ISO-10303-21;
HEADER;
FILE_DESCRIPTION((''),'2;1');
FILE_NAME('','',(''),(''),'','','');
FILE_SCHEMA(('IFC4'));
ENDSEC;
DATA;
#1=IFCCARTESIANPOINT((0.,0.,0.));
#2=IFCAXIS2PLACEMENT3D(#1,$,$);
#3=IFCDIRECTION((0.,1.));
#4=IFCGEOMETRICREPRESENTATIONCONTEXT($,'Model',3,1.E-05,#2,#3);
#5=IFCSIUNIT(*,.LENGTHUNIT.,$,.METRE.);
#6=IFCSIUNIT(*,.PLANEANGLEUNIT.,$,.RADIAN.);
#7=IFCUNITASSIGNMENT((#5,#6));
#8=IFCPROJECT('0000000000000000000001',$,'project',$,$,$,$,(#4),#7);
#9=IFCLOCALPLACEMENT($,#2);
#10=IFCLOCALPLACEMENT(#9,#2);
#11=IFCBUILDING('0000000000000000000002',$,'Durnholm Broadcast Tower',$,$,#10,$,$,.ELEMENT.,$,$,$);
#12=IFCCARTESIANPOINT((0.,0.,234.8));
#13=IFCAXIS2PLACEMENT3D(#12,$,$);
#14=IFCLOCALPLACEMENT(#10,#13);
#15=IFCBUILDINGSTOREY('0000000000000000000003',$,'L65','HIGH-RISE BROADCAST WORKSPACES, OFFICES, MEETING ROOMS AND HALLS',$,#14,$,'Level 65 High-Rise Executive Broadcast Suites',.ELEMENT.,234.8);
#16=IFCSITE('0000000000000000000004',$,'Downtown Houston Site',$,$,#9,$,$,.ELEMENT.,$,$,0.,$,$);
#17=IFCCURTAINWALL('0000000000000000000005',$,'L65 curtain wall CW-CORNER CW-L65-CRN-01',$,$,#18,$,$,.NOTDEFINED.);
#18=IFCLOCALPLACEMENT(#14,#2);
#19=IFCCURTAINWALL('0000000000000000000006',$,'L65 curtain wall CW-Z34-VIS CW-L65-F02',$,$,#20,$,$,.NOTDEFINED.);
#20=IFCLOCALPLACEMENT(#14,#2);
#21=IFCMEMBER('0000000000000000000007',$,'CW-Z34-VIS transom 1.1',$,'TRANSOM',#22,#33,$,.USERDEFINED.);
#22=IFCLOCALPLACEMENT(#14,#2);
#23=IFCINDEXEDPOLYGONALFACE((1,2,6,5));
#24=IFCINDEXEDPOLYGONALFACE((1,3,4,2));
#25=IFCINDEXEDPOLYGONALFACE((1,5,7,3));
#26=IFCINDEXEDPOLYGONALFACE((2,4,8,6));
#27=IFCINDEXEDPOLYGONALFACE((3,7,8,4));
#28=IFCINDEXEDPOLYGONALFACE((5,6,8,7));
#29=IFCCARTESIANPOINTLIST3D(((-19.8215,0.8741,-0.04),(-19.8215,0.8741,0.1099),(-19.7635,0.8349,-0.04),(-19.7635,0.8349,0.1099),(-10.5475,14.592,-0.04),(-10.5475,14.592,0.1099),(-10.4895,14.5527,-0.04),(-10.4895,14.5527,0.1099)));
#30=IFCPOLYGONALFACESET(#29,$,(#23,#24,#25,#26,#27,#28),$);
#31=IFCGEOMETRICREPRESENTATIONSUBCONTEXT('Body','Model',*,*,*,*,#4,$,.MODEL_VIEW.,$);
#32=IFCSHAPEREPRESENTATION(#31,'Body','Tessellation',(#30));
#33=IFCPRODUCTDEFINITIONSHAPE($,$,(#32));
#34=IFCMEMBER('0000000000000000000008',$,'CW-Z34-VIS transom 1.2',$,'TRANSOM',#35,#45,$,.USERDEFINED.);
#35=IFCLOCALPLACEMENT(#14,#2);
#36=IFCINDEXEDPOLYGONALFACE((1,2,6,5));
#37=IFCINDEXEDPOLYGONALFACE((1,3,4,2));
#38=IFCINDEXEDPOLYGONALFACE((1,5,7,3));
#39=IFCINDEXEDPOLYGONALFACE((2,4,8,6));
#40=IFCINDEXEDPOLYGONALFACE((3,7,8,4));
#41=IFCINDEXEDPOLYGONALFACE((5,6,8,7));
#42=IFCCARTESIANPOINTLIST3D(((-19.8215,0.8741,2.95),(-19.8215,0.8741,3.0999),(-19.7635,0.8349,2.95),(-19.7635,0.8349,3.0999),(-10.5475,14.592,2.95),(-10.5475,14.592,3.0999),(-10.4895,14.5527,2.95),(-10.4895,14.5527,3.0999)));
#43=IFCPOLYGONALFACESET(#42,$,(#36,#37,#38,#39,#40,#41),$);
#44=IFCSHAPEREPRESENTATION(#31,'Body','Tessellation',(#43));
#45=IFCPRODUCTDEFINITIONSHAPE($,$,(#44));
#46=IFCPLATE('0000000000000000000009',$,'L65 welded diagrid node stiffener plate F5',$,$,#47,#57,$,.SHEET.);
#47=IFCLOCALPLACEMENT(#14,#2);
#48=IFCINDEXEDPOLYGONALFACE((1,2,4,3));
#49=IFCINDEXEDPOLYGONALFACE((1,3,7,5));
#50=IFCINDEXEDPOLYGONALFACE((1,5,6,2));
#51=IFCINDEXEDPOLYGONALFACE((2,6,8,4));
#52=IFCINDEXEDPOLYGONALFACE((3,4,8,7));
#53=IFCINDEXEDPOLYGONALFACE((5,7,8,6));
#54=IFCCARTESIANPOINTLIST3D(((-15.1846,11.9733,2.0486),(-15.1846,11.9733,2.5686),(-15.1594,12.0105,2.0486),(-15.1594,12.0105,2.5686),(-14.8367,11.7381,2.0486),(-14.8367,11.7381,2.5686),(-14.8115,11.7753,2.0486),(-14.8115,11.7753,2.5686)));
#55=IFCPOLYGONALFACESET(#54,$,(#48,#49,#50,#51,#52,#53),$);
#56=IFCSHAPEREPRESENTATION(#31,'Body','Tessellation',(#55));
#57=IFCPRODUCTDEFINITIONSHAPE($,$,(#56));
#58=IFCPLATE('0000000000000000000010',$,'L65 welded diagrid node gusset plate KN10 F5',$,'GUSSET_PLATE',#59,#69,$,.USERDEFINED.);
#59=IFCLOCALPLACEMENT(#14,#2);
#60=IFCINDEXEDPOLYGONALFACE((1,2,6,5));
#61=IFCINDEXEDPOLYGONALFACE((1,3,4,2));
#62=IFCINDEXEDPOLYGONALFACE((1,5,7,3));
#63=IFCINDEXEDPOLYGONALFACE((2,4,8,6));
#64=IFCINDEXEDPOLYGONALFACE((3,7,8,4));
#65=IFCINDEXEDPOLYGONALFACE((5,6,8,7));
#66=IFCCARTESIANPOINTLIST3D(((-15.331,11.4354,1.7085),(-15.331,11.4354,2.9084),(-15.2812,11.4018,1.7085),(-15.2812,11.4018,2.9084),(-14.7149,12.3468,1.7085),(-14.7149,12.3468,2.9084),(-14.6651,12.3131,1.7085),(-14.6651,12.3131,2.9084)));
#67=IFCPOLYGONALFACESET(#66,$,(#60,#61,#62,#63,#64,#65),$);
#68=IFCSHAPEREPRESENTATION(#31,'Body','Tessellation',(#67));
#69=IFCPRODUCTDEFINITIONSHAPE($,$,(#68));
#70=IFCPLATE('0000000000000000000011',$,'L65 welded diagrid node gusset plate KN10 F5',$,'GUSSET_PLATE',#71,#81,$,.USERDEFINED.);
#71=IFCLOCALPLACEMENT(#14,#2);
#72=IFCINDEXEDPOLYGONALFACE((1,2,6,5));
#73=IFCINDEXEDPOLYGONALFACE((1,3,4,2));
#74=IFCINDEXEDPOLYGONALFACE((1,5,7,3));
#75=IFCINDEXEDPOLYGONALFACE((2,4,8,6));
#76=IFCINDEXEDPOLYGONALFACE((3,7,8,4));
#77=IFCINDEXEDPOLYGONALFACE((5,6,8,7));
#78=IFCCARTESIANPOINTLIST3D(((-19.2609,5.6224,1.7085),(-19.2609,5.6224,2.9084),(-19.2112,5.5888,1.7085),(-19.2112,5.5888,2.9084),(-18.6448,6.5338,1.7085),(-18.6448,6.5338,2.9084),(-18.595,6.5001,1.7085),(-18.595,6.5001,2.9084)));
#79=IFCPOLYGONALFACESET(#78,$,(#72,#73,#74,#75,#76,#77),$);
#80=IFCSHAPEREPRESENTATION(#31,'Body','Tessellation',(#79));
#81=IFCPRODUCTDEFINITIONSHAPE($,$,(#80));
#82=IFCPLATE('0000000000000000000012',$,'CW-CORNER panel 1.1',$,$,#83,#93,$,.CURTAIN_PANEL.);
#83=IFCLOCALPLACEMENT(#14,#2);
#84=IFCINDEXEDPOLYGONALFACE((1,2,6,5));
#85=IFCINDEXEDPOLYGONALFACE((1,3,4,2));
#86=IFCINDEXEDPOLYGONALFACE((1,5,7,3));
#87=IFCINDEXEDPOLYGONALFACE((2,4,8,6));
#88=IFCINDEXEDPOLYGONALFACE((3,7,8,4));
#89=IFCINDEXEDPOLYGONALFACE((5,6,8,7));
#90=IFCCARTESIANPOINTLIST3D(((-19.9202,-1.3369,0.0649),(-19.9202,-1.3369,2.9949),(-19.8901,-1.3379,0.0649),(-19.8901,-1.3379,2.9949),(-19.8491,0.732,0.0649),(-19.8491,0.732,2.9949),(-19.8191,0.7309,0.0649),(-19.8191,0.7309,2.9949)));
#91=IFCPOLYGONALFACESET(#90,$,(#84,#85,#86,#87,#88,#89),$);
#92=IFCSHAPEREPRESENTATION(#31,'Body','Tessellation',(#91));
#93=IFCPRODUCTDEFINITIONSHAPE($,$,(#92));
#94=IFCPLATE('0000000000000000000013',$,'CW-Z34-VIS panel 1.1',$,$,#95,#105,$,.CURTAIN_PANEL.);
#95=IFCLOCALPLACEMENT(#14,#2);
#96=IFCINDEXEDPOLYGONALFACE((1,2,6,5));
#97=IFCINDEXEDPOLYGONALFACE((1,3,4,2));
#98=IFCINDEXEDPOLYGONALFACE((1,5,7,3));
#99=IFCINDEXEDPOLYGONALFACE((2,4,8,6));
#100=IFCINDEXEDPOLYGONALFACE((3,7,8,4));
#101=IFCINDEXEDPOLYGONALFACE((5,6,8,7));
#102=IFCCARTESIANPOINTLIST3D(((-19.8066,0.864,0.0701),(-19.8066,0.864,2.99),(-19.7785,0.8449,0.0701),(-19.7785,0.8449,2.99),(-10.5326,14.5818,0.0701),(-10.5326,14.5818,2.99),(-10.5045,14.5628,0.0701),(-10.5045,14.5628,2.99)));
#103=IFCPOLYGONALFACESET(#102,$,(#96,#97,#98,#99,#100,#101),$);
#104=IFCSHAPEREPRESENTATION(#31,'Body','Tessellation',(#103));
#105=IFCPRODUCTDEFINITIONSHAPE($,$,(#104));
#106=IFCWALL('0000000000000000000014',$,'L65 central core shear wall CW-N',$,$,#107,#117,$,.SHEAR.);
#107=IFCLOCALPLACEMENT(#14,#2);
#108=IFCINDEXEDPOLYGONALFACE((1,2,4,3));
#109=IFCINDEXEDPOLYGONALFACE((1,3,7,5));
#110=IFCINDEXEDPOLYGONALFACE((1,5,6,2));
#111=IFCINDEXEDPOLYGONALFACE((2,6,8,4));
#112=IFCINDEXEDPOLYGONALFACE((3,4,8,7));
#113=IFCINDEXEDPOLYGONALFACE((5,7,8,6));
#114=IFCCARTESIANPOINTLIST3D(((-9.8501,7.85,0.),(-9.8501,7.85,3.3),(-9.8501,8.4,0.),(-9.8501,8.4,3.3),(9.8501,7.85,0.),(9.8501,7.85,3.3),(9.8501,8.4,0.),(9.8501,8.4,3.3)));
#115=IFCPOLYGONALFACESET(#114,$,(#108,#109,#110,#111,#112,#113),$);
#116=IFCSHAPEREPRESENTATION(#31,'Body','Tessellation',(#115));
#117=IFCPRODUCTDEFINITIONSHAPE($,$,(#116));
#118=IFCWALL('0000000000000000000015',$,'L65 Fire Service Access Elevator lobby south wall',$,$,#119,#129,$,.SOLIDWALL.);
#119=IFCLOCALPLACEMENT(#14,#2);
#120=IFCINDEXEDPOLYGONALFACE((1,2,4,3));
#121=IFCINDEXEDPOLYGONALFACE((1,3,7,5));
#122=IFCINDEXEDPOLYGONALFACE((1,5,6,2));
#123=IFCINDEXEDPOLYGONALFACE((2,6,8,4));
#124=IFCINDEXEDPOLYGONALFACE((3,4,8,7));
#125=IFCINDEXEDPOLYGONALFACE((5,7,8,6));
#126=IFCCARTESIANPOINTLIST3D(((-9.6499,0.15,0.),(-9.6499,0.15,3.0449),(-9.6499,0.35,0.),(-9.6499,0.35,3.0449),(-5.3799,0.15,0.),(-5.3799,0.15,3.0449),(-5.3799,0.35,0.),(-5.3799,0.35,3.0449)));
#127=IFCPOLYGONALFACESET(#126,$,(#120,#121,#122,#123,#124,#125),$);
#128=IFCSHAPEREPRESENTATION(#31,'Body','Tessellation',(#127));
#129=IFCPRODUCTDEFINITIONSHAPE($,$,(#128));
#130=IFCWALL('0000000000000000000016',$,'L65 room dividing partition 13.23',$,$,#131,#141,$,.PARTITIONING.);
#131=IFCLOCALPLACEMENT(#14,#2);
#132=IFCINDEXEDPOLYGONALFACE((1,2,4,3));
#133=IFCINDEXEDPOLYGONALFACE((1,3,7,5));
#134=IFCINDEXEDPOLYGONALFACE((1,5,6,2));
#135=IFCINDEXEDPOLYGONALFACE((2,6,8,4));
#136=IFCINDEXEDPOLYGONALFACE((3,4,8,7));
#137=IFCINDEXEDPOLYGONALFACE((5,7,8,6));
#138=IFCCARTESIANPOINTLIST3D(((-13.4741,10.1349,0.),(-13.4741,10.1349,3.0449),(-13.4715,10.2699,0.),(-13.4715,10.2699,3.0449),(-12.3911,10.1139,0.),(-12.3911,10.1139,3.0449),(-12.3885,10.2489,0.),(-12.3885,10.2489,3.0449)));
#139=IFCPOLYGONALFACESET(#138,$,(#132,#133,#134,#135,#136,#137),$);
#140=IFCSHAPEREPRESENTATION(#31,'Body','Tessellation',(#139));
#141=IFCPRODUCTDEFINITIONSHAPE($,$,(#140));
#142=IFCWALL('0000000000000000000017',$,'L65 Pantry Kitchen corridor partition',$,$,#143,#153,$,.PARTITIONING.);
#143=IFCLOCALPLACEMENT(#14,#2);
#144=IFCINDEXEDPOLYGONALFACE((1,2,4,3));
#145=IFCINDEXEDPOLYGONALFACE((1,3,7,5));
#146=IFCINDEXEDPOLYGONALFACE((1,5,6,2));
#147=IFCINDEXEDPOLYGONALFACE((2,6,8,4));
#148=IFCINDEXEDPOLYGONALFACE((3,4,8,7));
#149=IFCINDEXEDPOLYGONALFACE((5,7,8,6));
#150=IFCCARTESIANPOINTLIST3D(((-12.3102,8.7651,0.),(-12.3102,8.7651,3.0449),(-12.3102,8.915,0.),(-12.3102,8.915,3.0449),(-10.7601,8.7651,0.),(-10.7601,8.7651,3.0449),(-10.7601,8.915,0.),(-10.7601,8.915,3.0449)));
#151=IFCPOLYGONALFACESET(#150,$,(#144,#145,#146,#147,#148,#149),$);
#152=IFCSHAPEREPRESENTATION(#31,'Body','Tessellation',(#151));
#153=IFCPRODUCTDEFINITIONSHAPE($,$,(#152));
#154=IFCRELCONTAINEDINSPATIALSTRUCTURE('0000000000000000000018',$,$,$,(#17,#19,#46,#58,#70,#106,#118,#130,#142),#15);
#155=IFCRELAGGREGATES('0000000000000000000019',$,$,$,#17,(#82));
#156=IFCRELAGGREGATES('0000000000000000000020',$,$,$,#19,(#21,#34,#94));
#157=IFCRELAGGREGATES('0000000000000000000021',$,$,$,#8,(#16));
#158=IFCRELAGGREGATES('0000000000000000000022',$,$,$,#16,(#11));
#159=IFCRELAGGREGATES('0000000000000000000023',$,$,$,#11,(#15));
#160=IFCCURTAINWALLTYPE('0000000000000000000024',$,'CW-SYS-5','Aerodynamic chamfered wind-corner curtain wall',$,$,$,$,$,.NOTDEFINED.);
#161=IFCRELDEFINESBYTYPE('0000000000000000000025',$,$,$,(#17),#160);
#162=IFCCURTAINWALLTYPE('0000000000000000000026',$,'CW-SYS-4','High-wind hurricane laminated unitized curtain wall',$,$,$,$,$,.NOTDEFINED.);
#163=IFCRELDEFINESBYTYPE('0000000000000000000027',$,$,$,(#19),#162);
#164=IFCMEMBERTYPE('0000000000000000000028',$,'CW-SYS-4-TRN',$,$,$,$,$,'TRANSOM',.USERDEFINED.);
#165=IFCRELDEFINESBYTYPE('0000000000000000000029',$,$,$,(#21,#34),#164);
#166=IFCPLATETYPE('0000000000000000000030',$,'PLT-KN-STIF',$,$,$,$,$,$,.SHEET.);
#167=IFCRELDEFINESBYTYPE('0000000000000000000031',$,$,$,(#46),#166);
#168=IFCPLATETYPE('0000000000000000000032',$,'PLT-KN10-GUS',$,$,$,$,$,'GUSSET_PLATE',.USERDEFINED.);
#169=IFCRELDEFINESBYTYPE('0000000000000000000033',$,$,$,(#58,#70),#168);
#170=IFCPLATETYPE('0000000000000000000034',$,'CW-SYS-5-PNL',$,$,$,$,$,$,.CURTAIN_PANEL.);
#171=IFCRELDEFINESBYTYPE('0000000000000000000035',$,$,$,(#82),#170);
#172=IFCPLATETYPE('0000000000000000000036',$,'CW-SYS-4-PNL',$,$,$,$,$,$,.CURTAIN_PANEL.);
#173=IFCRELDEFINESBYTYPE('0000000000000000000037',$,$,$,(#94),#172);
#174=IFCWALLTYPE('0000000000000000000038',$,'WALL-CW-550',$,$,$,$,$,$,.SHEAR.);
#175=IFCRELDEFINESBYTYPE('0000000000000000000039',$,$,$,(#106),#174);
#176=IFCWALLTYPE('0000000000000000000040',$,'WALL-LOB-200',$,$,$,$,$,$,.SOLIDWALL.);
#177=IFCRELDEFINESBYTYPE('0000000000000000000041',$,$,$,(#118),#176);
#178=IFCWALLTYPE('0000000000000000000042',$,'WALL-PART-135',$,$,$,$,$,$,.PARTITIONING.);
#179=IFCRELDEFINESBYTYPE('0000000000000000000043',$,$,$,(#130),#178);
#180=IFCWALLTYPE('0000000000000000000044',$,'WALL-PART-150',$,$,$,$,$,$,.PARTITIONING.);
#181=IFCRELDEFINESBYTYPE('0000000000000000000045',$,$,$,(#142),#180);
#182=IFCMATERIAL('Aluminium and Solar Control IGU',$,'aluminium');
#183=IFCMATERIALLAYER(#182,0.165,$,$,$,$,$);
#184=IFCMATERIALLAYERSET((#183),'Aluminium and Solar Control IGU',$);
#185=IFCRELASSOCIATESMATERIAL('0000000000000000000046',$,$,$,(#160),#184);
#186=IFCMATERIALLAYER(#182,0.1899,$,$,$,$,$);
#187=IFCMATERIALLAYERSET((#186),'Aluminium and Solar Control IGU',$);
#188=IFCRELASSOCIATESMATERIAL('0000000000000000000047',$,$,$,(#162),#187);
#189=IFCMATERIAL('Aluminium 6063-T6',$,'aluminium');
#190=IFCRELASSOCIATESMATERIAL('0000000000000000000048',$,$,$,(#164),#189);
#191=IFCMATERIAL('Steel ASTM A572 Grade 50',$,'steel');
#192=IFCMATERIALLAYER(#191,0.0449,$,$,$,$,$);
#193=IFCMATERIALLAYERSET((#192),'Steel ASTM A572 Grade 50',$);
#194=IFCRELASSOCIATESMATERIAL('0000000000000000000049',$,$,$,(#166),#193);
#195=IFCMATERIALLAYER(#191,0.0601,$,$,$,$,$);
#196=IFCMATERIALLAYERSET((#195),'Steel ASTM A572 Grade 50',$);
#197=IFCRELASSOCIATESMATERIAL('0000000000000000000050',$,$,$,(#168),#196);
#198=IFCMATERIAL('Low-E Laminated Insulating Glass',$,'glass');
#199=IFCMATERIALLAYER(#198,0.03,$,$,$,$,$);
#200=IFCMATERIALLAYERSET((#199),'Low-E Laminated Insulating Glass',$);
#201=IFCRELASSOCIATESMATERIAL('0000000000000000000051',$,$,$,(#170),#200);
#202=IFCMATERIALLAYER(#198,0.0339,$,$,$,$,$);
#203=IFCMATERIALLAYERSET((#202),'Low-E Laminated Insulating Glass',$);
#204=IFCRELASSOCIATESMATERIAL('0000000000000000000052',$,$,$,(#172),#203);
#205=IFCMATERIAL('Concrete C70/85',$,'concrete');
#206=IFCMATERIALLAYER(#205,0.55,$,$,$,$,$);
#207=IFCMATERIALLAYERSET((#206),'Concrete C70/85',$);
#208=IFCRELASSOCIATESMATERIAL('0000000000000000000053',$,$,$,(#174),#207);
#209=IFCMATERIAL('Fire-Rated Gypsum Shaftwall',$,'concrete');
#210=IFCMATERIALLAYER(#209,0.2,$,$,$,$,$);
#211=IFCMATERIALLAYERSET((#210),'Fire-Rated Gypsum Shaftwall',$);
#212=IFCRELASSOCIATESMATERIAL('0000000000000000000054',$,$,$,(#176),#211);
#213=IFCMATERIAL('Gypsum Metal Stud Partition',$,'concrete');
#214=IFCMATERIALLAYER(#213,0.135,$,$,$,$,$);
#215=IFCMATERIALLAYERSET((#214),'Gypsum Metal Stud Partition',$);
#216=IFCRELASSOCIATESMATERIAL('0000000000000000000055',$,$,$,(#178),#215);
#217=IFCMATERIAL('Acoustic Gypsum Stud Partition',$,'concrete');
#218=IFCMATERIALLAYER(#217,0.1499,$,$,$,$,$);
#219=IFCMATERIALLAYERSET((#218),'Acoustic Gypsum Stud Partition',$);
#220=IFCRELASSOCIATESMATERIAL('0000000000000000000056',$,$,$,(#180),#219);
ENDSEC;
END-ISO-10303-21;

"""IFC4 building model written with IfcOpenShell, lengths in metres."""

from ifc_helpers import new_model, si_unit, direction, frame, frame_2d, origin, origin_2d, place, context, subcontext, project, spatial, rectangle, extrude, source, transform, mapped, material, layer, layer_set, material_profile, profile_set, type_object, type_shapes, element, aggregate, save


model = new_model("IFC4")

# Units and contexts
model_context = context("Model", 3, precision=1e-05, world=origin(), true_north=direction((0.0, 1.0)))
body_context = subcontext(model_context, "Body", "Model", "MODEL_VIEW")
ifc_project = project(units=[si_unit("LENGTHUNIT", "METRE"), si_unit("PLANEANGLEUNIT", "RADIAN")], contexts=[model_context])

# Site, building, storey
site_placement = place(None, origin())
site = spatial("IfcSite", under=ifc_project, at=site_placement, Name="Downtown Houston Site", CompositionType="ELEMENT", RefElevation=0.0)
building_placement = place(site_placement, origin())
building = spatial("IfcBuilding", under=site, at=building_placement, Name="Durnholm Broadcast Tower", CompositionType="ELEMENT")
storey_placement = place(building_placement, frame((0.0, 0.0, 234.8)))
storey = spatial("IfcBuildingStorey", under=building, at=storey_placement, Name="L65", Description="HIGH-RISE BROADCAST WORKSPACES, OFFICES, MEETING ROOMS AND HALLS", LongName="Level 65 High-Rise Executive Broadcast Suites", CompositionType="ELEMENT", Elevation=234.8)

# Shared definitions
ifc_material_1 = material(Name="Concrete C70/85", Category="concrete")

# Shared definitions
ifc_material_2 = material(Name="Aluminium and Solar Control IGU", Category="aluminium")
ifc_layer_1 = layer(ifc_material_2, 0.165)
ifc_layer_set_1 = layer_set([ifc_layer_1], Name="Aluminium and Solar Control IGU")
curtain_wall_type_1 = type_object("IfcCurtainWallType", Name="CW-SYS-5", Description="Aerodynamic chamfered wind-corner curtain wall", PredefinedType="NOTDEFINED", material=ifc_layer_set_1)
ifc_material_3 = material(Name="Aluminium 6063-T6", Category="aluminium")

# Curtain wall
curtain_wall_1_placement = place(storey_placement, origin())
curtain_wall_1 = element("IfcCurtainWall", 1, at=curtain_wall_1_placement, inside=storey, type_object=curtain_wall_type_1, Name="L65 curtain wall CW-CORNER CW-L65-CRN-01", PredefinedType="NOTDEFINED")

# Curtain wall, members
ifc_layer_2 = layer(ifc_material_2, 0.1899)
ifc_layer_set_2 = layer_set([ifc_layer_2], Name="Aluminium and Solar Control IGU")
curtain_wall_type_2 = type_object("IfcCurtainWallType", Name="CW-SYS-4", Description="High-wind hurricane laminated unitized curtain wall", PredefinedType="NOTDEFINED", material=ifc_layer_set_2)
curtain_wall_2_placement = place(storey_placement, origin())
curtain_wall_2 = element("IfcCurtainWall", 2, at=curtain_wall_2_placement, inside=storey, type_object=curtain_wall_type_2, Name="L65 curtain wall CW-Z34-VIS CW-L65-F02", PredefinedType="NOTDEFINED")
ifc_material_profile_1 = material_profile(ifc_material_3, rectangle(XDim=0.0701, YDim=0.1499, at=origin_2d()), Name="CWT70X150")
ifc_profile_set_1 = profile_set([ifc_material_profile_1], Name="Aluminium 6063-T6")
member_type_1 = type_object("IfcMemberType", Name="CW-SYS-4-TRN", ElementType="TRANSOM", PredefinedType="USERDEFINED", material=ifc_profile_set_1)
shared_shape_1 = source(origin(), body_context, "Body", "SweptSolid", [
    extrude(rectangle(XDim=0.0701, YDim=0.1499, at=origin_2d()), origin(), (0.0, 0.0, 1.0), 16.5586),
])
type_shapes(member_type_1, [shared_shape_1])
member_1_placement = place(storey_placement, frame((-19.7925, 0.8545, 0.0349), z_axis=(0.560071, 0.828444, 0.0), x_axis=(-0.828444, 0.560071, 0.0)))
member_1 = element("IfcMember", 3, at=member_1_placement, type_object=member_type_1, Name="CW-Z34-VIS transom 1.1", ObjectType="TRANSOM", PredefinedType="USERDEFINED", context=body_context, shape_type="MappedRepresentation", body=[
    mapped(shared_shape_1, transform((0.0, 0.0, 0.0), x_axis=(1.0, 0.0, 0.0), y_axis=(0.0, 1.0, 0.0), z_axis=(0.0, 0.0, 1.0), scale=1.0)),
])
member_2_placement = place(storey_placement, frame((-19.7925, 0.8545, 3.0249), z_axis=(0.560071, 0.828444, 0.0), x_axis=(-0.828444, 0.560071, 0.0)))
member_2 = element("IfcMember", 4, at=member_2_placement, type_object=member_type_1, Name="CW-Z34-VIS transom 1.2", ObjectType="TRANSOM", PredefinedType="USERDEFINED", context=body_context, shape_type="MappedRepresentation", body=[
    mapped(shared_shape_1, transform((0.0, 0.0, 0.0), x_axis=(1.0, 0.0, 0.0), y_axis=(0.0, 1.0, 0.0), z_axis=(0.0, 0.0, 1.0), scale=1.0)),
])

# Plates
ifc_material_4 = material(Name="Steel ASTM A572 Grade 50", Category="steel")
ifc_layer_3 = layer(ifc_material_4, 0.0449)
ifc_layer_set_3 = layer_set([ifc_layer_3], Name="Steel ASTM A572 Grade 50")
plate_type_1 = type_object("IfcPlateType", Name="PLT-KN-STIF", PredefinedType="SHEET", material=ifc_layer_set_3)
shared_shape_2 = source(origin(), body_context, "Body", "SweptSolid", [
    extrude(rectangle(XDim=0.0449, YDim=0.4199, at=origin_2d()), origin(), (0.0, 0.0, 1.0), 0.52),
])
type_shapes(plate_type_1, [shared_shape_2])
plate_1_placement = place(storey_placement, frame((-14.998, 11.8743, 2.0486), z_axis=(0.0, 0.0, 1.0), x_axis=(-0.560061, -0.828452, 0.0)))
element("IfcPlate", 5, at=plate_1_placement, inside=storey, type_object=plate_type_1, Name="L65 welded diagrid node stiffener plate F5", PredefinedType="SHEET", context=body_context, shape_type="MappedRepresentation", body=[
    mapped(shared_shape_2, transform((0.0, 0.0, 0.0), x_axis=(1.0, 0.0, 0.0), y_axis=(0.0, 1.0, 0.0), z_axis=(0.0, 0.0, 1.0), scale=1.0)),
])
ifc_layer_4 = layer(ifc_material_4, 0.0601)
ifc_layer_set_4 = layer_set([ifc_layer_4], Name="Steel ASTM A572 Grade 50")
plate_type_2 = type_object("IfcPlateType", Name="PLT-KN10-GUS", ElementType="GUSSET_PLATE", PredefinedType="USERDEFINED", material=ifc_layer_set_4)
shared_shape_3 = source(origin(), body_context, "Body", "SweptSolid", [
    extrude(rectangle(XDim=1.1001, YDim=0.0601, at=origin_2d()), origin(), (0.0, 0.0, 1.0), 1.2),
])
type_shapes(plate_type_2, [shared_shape_3])
for number, where, z_axis, x_axis, name in (
    (6, (-14.998, 11.8743, 1.7085), (0.0, 0.0, 1.0), (-0.560061, -0.828452, 0.0), "L65 welded diagrid node gusset plate KN10 F5"),
    (7, (-18.928, 6.0613, 1.7085), (0.0, 0.0, 1.0), (-0.560061, -0.828452, 0.0), "L65 welded diagrid node gusset plate KN10 F5"),
):
    element("IfcPlate", number, at=place(storey_placement, frame(where, z_axis=z_axis, x_axis=x_axis)), inside=storey, type_object=plate_type_2, Name=name, ObjectType="GUSSET_PLATE", PredefinedType="USERDEFINED", context=body_context, shape_type="MappedRepresentation", body=[
        mapped(shared_shape_3, transform((0.0, 0.0, 0.0), x_axis=(1.0, 0.0, 0.0), y_axis=(0.0, 1.0, 0.0), z_axis=(0.0, 0.0, 1.0), scale=1.0)),
    ])

# Plates
ifc_material_5 = material(Name="Low-E Laminated Insulating Glass", Category="glass")
ifc_layer_5 = layer(ifc_material_5, 0.03)
ifc_layer_set_5 = layer_set([ifc_layer_5], Name="Low-E Laminated Insulating Glass")
plate_type_3 = type_object("IfcPlateType", Name="CW-SYS-5-PNL", PredefinedType="CURTAIN_PANEL", material=ifc_layer_set_5)
shared_shape_4 = source(origin(), body_context, "Body", "SweptSolid", [
    extrude(rectangle(XDim=2.0701, YDim=0.03, at=origin_2d()), origin(), (0.0, 0.0, 1.0), 2.9299),
])
type_shapes(plate_type_3, [shared_shape_4])
plate_2_placement = place(storey_placement, frame((-19.8696, -0.303, 0.0649), z_axis=(0.0, 0.0, 1.0), x_axis=(0.034318, 0.999411, 0.0)))
plate_2 = element("IfcPlate", 8, at=plate_2_placement, type_object=plate_type_3, Name="CW-CORNER panel 1.1", PredefinedType="CURTAIN_PANEL", context=body_context, shape_type="MappedRepresentation", body=[
    mapped(shared_shape_4, transform((0.0, 0.0, 0.0), x_axis=(1.0, 0.0, 0.0), y_axis=(0.0, 1.0, 0.0), z_axis=(0.0, 0.0, 1.0), scale=1.0)),
])
aggregate(curtain_wall_1, [plate_2])
ifc_layer_6 = layer(ifc_material_5, 0.0339)
ifc_layer_set_6 = layer_set([ifc_layer_6], Name="Low-E Laminated Insulating Glass")
plate_type_4 = type_object("IfcPlateType", Name="CW-SYS-4-PNL", PredefinedType="CURTAIN_PANEL", material=ifc_layer_set_6)
shared_shape_5 = source(origin(), body_context, "Body", "SweptSolid", [
    extrude(rectangle(XDim=16.5586, YDim=0.0339, at=origin_2d()), origin(), (0.0, 0.0, 1.0), 2.9199),
])
type_shapes(plate_type_4, [shared_shape_5])
plate_3_placement = place(storey_placement, frame((-15.1555, 7.7134, 0.0701), z_axis=(0.0, 0.0, 1.0), x_axis=(0.560073, 0.828443, 0.0)))
plate_3 = element("IfcPlate", 9, at=plate_3_placement, type_object=plate_type_4, Name="CW-Z34-VIS panel 1.1", PredefinedType="CURTAIN_PANEL", context=body_context, shape_type="MappedRepresentation", body=[
    mapped(shared_shape_5, transform((0.0, 0.0, 0.0), x_axis=(1.0, 0.0, 0.0), y_axis=(0.0, 1.0, 0.0), z_axis=(0.0, 0.0, 1.0), scale=1.0)),
])
aggregate(curtain_wall_2, [member_1, member_2, plate_3])

# Walls
ifc_layer_7 = layer(ifc_material_1, 0.55)
ifc_layer_set_7 = layer_set([ifc_layer_7], Name="Concrete C70/85")
wall_type_1 = type_object("IfcWallType", Name="WALL-CW-550", PredefinedType="SHEAR", material=ifc_layer_set_7)
wall_1_placement = place(storey_placement, frame((-9.8501, 8.125, 0.0), z_axis=(0.0, 0.0, 1.0), x_axis=(1.0, 0.0, 0.0)))
element("IfcWall", 10, at=wall_1_placement, inside=storey, type_object=wall_type_1, Name="L65 central core shear wall CW-N", PredefinedType="SHEAR", context=body_context, shape_type="SweptSolid", body=[
    extrude(rectangle(XDim=19.7002, YDim=0.55, at=frame_2d((9.8501, 0.0))), origin(), (0.0, 0.0, 1.0), 3.3),
])
ifc_material_6 = material(Name="Fire-Rated Gypsum Shaftwall", Category="concrete")
ifc_layer_8 = layer(ifc_material_6, 0.2)
ifc_layer_set_8 = layer_set([ifc_layer_8], Name="Fire-Rated Gypsum Shaftwall")
wall_type_2 = type_object("IfcWallType", Name="WALL-LOB-200", PredefinedType="SOLIDWALL", material=ifc_layer_set_8)
wall_2_placement = place(storey_placement, frame((-9.6499, 0.25, 0.0), z_axis=(0.0, 0.0, 1.0), x_axis=(1.0, 0.0, 0.0)))
element("IfcWall", 11, at=wall_2_placement, inside=storey, type_object=wall_type_2, Name="L65 Fire Service Access Elevator lobby south wall", PredefinedType="SOLIDWALL", context=body_context, shape_type="SweptSolid", body=[
    extrude(rectangle(XDim=4.27, YDim=0.2, at=frame_2d((2.135, 0.0))), origin(), (0.0, 0.0, 1.0), 3.0449),
])
ifc_material_7 = material(Name="Gypsum Metal Stud Partition", Category="concrete")
ifc_layer_9 = layer(ifc_material_7, 0.135)
ifc_layer_set_9 = layer_set([ifc_layer_9], Name="Gypsum Metal Stud Partition")
wall_type_3 = type_object("IfcWallType", Name="WALL-PART-135", PredefinedType="PARTITIONING", material=ifc_layer_set_9)
wall_3_placement = place(storey_placement, frame((-12.3899, 10.1814, 0.0), z_axis=(0.0, 0.0, 1.0), x_axis=(-0.999812, 0.019383, 0.0)))
element("IfcWall", 12, at=wall_3_placement, inside=storey, type_object=wall_type_3, Name="L65 room dividing partition 13.23", PredefinedType="PARTITIONING", context=body_context, shape_type="SweptSolid", body=[
    extrude(rectangle(XDim=1.0833, YDim=0.135, at=frame_2d((0.5415, 0.0))), origin(), (0.0, 0.0, 1.0), 3.0449),
])
ifc_material_8 = material(Name="Acoustic Gypsum Stud Partition", Category="concrete")
ifc_layer_10 = layer(ifc_material_8, 0.1499)
ifc_layer_set_10 = layer_set([ifc_layer_10], Name="Acoustic Gypsum Stud Partition")
wall_type_4 = type_object("IfcWallType", Name="WALL-PART-150", PredefinedType="PARTITIONING", material=ifc_layer_set_10)
wall_4_placement = place(storey_placement, frame((-12.3101, 8.8401, 0.0), z_axis=(0.0, 0.0, 1.0), x_axis=(1.0, 0.0, 0.0)))
element("IfcWall", 13, at=wall_4_placement, inside=storey, type_object=wall_type_4, Name="L65 Pantry Kitchen corridor partition", PredefinedType="PARTITIONING", context=body_context, shape_type="SweptSolid", body=[
    extrude(rectangle(XDim=1.55, YDim=0.1499, at=frame_2d((0.7749, 0.0))), origin(), (0.0, 0.0, 1.0), 3.0449),
])

save(model, "model.ifc")
